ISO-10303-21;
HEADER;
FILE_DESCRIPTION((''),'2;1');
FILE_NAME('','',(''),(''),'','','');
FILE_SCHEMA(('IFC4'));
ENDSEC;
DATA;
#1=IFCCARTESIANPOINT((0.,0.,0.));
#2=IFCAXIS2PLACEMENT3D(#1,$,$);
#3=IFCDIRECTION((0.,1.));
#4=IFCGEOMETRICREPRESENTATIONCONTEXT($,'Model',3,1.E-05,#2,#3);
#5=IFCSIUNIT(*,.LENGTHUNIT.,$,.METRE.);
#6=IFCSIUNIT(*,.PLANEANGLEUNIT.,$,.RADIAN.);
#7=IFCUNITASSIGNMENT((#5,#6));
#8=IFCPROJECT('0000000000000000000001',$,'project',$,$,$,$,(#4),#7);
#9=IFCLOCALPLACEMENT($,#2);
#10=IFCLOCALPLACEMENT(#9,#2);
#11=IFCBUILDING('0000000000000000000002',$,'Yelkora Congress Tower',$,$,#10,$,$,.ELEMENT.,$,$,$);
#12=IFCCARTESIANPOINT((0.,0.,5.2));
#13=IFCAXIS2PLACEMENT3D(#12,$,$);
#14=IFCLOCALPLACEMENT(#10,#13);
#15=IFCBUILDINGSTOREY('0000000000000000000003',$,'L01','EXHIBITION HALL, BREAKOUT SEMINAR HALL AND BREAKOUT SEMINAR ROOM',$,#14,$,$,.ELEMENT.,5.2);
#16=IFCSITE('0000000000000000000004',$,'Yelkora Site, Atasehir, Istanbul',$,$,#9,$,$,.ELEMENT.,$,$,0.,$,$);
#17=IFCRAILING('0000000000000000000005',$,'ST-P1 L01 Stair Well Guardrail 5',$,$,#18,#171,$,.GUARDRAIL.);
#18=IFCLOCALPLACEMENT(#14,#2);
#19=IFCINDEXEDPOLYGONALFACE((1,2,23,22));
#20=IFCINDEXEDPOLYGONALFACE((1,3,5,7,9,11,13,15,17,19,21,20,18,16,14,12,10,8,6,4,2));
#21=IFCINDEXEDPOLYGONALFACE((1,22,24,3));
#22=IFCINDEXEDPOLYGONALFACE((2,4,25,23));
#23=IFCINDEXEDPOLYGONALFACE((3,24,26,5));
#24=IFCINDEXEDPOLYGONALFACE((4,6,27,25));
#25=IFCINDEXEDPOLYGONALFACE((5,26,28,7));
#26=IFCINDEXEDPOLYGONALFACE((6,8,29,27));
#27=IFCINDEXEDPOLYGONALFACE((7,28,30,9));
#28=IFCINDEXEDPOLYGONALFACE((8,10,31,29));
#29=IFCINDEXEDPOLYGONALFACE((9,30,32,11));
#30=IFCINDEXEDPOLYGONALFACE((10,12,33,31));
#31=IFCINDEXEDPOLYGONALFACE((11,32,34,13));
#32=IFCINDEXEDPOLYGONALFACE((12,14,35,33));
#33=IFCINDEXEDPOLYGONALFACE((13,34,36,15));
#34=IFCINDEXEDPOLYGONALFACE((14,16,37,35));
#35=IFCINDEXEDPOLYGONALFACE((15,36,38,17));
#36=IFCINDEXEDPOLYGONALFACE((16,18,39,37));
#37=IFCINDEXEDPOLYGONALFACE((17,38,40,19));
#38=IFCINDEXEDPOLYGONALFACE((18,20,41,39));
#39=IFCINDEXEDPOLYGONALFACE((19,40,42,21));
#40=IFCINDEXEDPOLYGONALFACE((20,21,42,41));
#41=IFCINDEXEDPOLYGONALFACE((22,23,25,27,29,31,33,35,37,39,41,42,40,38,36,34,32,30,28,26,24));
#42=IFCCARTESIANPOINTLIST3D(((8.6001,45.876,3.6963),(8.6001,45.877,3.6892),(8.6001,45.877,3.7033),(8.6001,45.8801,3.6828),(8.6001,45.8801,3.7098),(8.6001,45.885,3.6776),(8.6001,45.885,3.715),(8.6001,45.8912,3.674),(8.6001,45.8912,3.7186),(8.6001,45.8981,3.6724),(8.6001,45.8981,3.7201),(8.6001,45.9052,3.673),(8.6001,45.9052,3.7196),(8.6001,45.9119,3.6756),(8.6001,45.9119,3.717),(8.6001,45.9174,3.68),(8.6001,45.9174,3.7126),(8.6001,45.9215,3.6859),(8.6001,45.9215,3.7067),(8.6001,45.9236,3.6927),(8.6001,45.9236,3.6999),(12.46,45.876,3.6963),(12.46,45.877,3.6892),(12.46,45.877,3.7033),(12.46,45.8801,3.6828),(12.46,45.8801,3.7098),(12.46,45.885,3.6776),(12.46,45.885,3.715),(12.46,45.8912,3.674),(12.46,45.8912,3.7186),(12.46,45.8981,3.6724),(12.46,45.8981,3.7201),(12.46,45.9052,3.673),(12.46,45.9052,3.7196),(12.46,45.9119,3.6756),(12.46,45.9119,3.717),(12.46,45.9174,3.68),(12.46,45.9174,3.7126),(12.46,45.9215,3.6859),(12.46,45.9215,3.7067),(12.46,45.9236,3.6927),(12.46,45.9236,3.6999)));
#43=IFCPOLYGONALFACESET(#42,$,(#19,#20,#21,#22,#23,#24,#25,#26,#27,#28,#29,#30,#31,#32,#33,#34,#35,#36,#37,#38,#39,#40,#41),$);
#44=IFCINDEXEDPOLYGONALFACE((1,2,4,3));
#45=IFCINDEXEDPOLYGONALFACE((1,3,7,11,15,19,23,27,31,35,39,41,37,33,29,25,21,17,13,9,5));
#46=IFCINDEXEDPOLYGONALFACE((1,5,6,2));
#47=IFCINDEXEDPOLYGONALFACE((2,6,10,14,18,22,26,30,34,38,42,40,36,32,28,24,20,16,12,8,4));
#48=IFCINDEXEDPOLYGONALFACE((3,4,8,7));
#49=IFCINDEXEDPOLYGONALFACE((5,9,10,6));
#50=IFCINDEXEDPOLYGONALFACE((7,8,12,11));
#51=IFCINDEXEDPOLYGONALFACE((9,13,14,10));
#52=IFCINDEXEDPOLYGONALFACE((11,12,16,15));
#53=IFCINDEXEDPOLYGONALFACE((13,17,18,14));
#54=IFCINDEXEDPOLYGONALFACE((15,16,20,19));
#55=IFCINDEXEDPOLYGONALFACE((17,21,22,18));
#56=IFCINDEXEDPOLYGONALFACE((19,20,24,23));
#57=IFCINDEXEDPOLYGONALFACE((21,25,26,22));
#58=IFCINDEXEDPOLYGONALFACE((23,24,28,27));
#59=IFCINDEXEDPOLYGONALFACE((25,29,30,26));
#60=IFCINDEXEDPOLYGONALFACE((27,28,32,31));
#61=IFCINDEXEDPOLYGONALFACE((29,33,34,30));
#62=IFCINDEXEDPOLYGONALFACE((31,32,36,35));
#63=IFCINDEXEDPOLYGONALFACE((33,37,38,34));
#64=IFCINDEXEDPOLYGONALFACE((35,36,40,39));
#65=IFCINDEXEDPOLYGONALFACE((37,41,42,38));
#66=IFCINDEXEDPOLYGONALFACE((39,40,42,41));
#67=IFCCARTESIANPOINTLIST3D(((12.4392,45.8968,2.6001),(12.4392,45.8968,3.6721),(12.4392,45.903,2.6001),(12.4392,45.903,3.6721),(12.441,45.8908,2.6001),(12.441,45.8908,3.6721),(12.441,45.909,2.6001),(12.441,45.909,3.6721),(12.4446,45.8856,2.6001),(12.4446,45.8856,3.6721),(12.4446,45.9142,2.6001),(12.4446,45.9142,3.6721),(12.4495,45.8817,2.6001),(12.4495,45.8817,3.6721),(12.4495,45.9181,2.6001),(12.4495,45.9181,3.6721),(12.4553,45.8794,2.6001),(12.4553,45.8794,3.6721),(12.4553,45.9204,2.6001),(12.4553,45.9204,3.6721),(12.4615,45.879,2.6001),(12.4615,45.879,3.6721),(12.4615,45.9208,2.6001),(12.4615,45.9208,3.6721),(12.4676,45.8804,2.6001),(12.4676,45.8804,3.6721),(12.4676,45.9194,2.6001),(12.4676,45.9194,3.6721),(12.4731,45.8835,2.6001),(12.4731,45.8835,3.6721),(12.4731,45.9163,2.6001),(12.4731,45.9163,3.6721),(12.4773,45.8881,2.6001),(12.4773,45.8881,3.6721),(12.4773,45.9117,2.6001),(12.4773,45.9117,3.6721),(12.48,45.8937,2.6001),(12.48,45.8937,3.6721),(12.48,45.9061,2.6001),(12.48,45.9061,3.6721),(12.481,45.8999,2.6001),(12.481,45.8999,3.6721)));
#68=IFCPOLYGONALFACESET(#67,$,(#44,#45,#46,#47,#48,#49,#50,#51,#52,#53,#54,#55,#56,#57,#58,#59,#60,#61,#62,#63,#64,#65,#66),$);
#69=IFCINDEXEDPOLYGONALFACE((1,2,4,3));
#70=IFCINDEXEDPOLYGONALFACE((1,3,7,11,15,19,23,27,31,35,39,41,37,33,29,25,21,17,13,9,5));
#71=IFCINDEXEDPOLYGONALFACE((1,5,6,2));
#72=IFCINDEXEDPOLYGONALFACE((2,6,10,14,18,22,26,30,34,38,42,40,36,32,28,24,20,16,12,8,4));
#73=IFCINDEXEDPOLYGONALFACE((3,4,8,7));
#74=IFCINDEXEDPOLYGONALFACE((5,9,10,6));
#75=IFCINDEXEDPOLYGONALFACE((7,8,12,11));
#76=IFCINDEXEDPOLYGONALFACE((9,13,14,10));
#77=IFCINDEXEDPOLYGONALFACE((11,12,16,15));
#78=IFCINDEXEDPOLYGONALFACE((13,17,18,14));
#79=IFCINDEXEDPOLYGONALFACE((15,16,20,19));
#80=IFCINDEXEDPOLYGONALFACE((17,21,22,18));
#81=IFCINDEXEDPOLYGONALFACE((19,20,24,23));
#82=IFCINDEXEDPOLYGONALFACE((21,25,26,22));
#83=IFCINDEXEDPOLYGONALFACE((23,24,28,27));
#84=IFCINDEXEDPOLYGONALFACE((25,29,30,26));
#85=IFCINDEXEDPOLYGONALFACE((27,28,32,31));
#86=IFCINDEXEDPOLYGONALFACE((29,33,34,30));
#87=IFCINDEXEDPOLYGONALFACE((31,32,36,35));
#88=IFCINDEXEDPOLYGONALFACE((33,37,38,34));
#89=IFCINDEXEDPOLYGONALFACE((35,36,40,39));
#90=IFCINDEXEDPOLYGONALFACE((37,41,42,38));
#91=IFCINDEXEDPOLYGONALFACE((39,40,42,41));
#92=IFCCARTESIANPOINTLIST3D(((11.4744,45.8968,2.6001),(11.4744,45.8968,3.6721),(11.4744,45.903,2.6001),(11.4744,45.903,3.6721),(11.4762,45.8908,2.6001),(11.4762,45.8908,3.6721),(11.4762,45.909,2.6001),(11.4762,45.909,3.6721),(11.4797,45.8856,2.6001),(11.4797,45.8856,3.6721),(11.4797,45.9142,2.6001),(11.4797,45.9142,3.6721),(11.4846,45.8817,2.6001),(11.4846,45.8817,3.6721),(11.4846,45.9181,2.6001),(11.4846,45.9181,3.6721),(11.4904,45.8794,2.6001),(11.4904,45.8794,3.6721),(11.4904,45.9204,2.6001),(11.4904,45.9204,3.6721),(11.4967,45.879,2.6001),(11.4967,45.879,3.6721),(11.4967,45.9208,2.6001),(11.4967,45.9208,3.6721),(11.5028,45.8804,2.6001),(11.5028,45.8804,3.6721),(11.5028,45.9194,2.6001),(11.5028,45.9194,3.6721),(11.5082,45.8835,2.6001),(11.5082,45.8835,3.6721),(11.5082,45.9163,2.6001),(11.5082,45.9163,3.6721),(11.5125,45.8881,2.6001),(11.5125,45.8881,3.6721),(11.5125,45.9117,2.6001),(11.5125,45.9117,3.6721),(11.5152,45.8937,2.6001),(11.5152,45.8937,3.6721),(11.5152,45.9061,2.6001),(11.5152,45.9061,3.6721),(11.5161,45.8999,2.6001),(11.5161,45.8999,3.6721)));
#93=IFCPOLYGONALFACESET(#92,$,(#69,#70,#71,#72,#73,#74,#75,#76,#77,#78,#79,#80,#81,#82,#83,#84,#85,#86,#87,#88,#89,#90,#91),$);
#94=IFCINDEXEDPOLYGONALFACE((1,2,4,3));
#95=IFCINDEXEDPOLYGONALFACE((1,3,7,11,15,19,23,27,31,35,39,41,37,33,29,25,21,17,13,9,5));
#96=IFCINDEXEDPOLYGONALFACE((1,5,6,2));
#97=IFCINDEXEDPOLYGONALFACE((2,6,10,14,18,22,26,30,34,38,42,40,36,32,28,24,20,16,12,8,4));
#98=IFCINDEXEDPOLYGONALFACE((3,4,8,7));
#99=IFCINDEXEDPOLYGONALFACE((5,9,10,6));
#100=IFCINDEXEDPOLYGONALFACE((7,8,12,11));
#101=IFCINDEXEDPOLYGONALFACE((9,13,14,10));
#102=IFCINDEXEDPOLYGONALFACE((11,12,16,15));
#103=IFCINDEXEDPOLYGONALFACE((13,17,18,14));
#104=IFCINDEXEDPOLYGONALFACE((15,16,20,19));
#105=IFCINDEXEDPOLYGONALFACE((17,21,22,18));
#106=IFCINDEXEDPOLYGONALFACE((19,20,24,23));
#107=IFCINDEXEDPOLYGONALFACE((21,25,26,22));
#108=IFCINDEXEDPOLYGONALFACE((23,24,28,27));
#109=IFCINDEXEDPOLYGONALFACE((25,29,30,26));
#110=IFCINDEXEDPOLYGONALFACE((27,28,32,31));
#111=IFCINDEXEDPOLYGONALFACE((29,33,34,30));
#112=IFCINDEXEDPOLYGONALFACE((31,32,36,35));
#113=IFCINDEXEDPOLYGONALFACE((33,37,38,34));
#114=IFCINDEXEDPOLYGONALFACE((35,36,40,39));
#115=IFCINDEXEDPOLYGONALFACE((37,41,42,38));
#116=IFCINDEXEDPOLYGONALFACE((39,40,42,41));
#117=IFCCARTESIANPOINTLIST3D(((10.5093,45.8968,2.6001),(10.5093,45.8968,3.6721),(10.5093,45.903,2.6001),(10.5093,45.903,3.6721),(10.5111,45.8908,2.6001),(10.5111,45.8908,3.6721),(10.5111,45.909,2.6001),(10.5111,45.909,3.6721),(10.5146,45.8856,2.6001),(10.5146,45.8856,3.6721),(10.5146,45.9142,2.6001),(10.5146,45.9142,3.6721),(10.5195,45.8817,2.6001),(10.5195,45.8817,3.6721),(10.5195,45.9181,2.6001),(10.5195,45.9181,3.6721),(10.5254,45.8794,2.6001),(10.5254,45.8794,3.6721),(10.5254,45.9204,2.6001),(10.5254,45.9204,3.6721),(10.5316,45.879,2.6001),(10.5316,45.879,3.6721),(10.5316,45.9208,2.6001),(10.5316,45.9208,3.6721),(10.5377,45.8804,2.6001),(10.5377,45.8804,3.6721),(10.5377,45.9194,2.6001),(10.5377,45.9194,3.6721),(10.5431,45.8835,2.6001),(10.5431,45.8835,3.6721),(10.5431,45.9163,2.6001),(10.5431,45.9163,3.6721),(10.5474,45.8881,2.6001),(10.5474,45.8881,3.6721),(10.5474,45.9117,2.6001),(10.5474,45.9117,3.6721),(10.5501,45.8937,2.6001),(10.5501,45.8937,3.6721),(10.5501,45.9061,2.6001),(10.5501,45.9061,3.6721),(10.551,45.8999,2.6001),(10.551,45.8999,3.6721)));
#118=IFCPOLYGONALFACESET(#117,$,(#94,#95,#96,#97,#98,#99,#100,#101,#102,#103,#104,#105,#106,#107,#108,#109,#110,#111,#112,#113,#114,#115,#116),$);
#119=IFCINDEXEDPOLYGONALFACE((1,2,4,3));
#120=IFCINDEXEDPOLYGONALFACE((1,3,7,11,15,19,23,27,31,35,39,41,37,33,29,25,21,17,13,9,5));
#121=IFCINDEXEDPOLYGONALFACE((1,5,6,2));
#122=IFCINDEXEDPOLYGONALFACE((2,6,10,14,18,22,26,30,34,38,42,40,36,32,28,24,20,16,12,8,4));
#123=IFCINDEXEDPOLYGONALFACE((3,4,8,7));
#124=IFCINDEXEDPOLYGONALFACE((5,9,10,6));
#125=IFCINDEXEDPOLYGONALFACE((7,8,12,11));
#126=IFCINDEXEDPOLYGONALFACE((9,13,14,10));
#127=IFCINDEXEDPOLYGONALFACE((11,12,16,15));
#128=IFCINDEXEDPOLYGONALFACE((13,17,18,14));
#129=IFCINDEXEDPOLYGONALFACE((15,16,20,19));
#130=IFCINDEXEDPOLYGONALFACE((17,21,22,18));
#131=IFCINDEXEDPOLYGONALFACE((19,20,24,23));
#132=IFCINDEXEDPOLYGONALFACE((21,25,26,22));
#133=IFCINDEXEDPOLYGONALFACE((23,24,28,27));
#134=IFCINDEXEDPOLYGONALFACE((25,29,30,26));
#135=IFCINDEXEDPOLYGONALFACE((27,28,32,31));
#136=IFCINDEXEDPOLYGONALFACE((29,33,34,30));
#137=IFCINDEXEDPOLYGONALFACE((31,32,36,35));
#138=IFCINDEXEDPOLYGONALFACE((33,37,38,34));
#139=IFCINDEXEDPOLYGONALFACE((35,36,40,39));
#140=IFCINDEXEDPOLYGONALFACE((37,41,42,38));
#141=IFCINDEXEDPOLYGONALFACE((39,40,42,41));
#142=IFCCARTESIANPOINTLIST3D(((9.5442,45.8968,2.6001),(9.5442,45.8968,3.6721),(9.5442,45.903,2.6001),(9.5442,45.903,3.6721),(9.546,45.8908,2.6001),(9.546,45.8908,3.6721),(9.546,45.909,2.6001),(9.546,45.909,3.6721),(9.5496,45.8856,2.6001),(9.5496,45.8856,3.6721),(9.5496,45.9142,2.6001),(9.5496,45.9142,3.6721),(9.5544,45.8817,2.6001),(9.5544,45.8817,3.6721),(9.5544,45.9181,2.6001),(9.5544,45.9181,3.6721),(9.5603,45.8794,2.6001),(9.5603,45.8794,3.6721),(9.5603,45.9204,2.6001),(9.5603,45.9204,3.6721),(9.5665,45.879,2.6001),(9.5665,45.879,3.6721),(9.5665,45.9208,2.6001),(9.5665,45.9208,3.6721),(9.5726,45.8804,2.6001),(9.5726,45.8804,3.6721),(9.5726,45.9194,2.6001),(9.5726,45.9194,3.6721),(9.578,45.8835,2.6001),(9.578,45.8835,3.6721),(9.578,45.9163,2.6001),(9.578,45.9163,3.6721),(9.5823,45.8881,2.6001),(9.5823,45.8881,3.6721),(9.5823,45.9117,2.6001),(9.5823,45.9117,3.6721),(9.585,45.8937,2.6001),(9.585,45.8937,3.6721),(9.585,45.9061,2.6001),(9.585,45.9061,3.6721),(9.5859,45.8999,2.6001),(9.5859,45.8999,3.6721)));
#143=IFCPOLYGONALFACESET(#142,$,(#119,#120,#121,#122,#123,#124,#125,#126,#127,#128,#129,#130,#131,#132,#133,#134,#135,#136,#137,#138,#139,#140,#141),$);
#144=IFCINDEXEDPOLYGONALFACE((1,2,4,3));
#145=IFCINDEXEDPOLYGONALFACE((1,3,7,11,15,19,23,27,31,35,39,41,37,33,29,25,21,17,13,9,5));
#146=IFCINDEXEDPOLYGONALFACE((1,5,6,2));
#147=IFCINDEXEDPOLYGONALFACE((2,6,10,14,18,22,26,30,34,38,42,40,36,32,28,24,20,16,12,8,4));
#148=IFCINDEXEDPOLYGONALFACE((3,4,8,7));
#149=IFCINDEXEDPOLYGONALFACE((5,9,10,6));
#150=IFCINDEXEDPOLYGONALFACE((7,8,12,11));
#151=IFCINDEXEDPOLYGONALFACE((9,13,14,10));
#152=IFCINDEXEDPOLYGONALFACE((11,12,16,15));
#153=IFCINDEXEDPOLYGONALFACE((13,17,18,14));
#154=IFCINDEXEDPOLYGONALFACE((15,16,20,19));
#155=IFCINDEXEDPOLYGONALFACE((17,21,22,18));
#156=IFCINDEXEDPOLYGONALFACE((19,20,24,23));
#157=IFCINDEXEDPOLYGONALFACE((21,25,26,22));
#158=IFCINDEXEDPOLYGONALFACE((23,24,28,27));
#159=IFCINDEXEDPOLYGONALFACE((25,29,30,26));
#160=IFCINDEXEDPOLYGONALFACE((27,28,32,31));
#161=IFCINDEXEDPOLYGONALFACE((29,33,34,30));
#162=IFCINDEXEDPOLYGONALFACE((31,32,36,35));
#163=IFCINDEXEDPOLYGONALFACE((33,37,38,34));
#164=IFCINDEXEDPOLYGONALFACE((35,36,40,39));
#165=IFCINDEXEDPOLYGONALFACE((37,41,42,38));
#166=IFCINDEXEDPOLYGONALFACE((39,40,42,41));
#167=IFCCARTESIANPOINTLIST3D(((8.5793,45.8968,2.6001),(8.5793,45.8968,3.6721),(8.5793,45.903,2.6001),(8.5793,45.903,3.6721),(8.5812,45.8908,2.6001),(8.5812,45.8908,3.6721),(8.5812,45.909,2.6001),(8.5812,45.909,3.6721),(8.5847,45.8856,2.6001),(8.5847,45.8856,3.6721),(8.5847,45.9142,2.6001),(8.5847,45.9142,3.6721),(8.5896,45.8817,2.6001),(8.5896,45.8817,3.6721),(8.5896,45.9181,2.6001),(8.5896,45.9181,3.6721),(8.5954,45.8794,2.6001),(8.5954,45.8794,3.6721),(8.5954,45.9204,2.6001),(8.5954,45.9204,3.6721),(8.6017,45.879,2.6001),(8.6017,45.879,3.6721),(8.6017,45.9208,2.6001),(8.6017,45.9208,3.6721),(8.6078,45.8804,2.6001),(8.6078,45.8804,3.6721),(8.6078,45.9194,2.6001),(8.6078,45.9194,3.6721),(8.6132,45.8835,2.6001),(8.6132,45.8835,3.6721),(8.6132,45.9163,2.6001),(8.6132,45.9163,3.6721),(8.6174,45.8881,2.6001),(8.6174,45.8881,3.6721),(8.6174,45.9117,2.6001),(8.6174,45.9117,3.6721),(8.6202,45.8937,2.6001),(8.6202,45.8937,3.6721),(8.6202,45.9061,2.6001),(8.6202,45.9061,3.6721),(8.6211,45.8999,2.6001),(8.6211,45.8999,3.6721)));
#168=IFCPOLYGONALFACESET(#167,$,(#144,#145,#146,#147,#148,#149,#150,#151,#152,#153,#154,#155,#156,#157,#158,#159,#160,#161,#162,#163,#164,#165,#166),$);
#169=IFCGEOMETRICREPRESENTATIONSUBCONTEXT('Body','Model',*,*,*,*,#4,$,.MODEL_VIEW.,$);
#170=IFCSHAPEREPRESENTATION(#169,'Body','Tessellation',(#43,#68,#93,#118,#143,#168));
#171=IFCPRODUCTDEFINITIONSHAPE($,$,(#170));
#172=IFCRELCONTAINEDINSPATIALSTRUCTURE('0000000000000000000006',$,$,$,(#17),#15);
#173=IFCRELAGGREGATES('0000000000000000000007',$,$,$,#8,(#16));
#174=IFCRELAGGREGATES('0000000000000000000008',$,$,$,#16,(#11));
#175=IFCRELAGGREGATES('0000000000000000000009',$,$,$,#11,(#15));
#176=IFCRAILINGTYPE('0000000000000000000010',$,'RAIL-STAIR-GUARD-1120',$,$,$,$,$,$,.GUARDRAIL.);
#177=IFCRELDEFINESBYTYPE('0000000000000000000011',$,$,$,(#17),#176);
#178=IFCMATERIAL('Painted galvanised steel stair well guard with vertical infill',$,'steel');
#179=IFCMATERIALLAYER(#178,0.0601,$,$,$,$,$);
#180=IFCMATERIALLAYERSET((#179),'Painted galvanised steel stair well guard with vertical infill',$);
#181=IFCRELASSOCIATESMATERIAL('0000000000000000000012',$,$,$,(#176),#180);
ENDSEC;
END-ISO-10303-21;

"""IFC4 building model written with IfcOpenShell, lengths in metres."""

from ifc_helpers import new_model, si_unit, direction, frame, origin, origin_2d, place, context, subcontext, project, spatial, circle, extrude, material, layer, layer_set, type_object, element, save


model = new_model("IFC4")

# Units and contexts
model_context = context("Model", 3, precision=1e-05, world=origin(), true_north=direction((0.0, 1.0)))
body_context = subcontext(model_context, "Body", "Model", "MODEL_VIEW")
ifc_project = project(units=[si_unit("LENGTHUNIT", "METRE"), si_unit("PLANEANGLEUNIT", "RADIAN")], contexts=[model_context])

# Site, building, storey
site_placement = place(None, origin())
site = spatial("IfcSite", under=ifc_project, at=site_placement, Name="Yelkora Site, Atasehir, Istanbul", CompositionType="ELEMENT", RefElevation=0.0)
building_placement = place(site_placement, origin())
building = spatial("IfcBuilding", under=site, at=building_placement, Name="Yelkora Congress Tower", CompositionType="ELEMENT")
storey_placement = place(building_placement, frame((0.0, 0.0, 5.2)))
storey = spatial("IfcBuildingStorey", under=building, at=storey_placement, Name="L01", Description="EXHIBITION HALL, BREAKOUT SEMINAR HALL AND BREAKOUT SEMINAR ROOM", CompositionType="ELEMENT", Elevation=5.2)

# Railing
ifc_material_1 = material(Name="Painted galvanised steel stair well guard with vertical infill", Category="steel")
ifc_layer_1 = layer(ifc_material_1, 0.0601)
ifc_layer_set_1 = layer_set([ifc_layer_1], Name="Painted galvanised steel stair well guard with vertical infill")
railing_type_1 = type_object("IfcRailingType", Name="RAIL-STAIR-GUARD-1120", PredefinedType="GUARDRAIL", material=ifc_layer_set_1)
railing_1_placement = place(storey_placement, frame((12.46, 45.8999, 2.6001)))
element("IfcRailing", 1, at=railing_1_placement, inside=storey, type_object=railing_type_1, Name="ST-P1 L01 Stair Well Guardrail 5", PredefinedType="GUARDRAIL", context=body_context, shape_type="SweptSolid", body=[
    extrude(circle(Radius=0.0239, at=origin_2d()), frame((0.0, 0.0, 1.0962), z_axis=(-1.0, 0.0, 0.0), x_axis=(0.0, -1.0, 0.0)), (0.0, 0.0, 1.0), 3.8599),
    extrude(circle(Radius=0.021, at=origin_2d()), origin(), (0.0, 0.0, 1.0), 1.072),
    extrude(circle(Radius=0.021, at=origin_2d()), frame((-0.9648, 0.0, 0.0)), (0.0, 0.0, 1.0), 1.072),
    extrude(circle(Radius=0.021, at=origin_2d()), frame((-1.9299, 0.0, 0.0)), (0.0, 0.0, 1.0), 1.072),
    extrude(circle(Radius=0.021, at=origin_2d()), frame((-2.895, 0.0, 0.0)), (0.0, 0.0, 1.0), 1.072),
    extrude(circle(Radius=0.021, at=origin_2d()), frame((-3.8599, 0.0, 0.0)), (0.0, 0.0, 1.0), 1.072),
])

save(model, "model.ifc")
